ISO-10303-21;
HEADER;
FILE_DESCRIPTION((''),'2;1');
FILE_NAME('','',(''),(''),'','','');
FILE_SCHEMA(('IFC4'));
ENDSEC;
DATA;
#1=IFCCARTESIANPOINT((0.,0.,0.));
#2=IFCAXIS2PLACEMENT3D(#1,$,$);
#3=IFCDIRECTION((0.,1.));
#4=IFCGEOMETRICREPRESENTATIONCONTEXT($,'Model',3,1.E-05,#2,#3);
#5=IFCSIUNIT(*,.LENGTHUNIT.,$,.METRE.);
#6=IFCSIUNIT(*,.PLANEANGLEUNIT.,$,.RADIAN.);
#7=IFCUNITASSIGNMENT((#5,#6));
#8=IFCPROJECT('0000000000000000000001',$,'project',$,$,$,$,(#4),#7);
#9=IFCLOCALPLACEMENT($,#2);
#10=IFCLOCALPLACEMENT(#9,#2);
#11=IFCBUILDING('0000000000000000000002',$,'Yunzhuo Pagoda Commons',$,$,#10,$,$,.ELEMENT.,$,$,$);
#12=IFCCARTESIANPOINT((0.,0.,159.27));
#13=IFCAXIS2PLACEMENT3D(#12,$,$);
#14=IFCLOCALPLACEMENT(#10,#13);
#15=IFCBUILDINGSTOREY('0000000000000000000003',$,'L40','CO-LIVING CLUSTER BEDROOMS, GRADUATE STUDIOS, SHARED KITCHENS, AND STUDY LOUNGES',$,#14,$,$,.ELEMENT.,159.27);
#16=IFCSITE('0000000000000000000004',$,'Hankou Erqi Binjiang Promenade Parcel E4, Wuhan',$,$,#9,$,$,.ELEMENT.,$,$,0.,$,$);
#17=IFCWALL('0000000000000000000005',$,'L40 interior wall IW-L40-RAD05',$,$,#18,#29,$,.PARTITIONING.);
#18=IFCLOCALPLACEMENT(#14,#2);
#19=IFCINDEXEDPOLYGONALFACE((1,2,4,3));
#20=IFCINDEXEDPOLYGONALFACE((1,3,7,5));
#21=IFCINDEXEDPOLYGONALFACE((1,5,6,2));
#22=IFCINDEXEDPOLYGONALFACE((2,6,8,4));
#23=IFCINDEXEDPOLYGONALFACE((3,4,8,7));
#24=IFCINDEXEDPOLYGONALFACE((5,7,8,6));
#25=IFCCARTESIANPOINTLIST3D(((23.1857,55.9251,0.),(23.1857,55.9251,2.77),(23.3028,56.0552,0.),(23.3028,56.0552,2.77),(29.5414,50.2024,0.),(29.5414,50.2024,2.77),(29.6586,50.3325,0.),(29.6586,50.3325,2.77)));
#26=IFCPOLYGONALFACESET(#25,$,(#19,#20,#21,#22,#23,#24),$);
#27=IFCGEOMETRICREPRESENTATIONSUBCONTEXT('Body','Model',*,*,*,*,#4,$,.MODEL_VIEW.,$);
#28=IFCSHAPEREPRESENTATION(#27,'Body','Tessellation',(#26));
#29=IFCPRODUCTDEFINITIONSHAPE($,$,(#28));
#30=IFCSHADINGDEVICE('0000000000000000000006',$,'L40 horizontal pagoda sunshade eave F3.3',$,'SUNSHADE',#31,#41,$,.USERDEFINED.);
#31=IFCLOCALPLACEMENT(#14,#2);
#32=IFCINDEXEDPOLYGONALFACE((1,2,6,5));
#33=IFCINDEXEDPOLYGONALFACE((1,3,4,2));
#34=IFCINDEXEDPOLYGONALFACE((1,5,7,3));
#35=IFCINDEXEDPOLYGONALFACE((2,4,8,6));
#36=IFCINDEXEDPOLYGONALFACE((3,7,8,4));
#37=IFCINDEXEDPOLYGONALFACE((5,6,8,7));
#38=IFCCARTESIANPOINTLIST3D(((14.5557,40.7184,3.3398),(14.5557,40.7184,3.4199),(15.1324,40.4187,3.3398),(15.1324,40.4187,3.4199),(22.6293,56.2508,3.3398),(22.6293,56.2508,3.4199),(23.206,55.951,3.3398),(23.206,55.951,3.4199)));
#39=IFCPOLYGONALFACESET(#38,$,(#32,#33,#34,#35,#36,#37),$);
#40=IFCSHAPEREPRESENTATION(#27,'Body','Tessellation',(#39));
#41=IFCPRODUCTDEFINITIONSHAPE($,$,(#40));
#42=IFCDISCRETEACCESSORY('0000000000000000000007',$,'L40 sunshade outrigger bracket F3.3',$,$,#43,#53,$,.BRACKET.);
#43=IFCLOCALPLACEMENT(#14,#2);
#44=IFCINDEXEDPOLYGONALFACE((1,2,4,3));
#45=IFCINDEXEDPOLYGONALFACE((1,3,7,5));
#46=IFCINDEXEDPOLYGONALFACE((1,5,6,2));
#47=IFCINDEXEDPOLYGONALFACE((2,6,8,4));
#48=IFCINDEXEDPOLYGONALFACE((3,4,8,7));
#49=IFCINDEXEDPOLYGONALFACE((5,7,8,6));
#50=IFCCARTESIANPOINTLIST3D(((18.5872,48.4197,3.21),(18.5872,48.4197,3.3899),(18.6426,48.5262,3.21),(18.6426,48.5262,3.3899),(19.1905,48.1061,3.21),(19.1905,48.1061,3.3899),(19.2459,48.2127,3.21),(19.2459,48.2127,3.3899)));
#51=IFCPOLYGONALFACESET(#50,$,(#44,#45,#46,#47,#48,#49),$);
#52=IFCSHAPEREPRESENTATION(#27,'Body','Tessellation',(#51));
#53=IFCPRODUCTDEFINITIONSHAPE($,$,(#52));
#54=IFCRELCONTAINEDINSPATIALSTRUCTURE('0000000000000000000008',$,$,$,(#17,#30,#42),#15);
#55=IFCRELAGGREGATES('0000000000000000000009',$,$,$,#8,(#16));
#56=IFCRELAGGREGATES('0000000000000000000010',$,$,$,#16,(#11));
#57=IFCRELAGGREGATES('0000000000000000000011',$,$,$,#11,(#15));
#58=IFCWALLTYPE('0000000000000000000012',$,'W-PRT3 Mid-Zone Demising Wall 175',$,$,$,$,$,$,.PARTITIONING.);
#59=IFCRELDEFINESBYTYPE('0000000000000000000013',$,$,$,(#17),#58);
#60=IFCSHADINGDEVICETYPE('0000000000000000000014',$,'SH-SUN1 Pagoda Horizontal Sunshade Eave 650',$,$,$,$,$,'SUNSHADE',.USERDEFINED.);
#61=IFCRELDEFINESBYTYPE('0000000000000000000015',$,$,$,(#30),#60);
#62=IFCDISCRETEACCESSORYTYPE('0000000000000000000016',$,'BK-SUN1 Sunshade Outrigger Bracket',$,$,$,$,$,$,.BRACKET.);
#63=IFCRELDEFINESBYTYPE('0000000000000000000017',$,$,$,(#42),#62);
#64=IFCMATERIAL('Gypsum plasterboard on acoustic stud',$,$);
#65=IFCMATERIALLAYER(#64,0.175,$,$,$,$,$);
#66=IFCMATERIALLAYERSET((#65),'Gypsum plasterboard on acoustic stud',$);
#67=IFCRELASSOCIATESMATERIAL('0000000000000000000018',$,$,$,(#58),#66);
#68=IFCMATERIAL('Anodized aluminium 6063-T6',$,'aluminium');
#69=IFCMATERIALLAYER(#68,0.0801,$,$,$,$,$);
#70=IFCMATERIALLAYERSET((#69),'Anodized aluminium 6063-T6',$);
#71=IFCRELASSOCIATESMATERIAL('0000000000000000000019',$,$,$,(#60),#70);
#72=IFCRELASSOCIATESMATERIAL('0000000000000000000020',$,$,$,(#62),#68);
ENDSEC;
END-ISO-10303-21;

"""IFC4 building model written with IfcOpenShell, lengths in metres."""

from ifc_helpers import new_model, si_unit, direction, frame, frame_2d, origin, origin_2d, place, context, subcontext, project, spatial, rectangle, extrude, source, transform, mapped, material, layer, layer_set, type_object, element, save


model = new_model("IFC4")

# Units and contexts
model_context = context("Model", 3, precision=1e-05, world=origin(), true_north=direction((0.0, 1.0)))
body_context = subcontext(model_context, "Body", "Model", "MODEL_VIEW")
ifc_project = project(units=[si_unit("LENGTHUNIT", "METRE"), si_unit("PLANEANGLEUNIT", "RADIAN")], contexts=[model_context])

# Site, building, storey
site_placement = place(None, origin())
site = spatial("IfcSite", under=ifc_project, at=site_placement, Name="Hankou Erqi Binjiang Promenade Parcel E4, Wuhan", CompositionType="ELEMENT", RefElevation=0.0)
building_placement = place(site_placement, origin())
building = spatial("IfcBuilding", under=site, at=building_placement, Name="Yunzhuo Pagoda Commons", CompositionType="ELEMENT")
storey_placement = place(building_placement, frame((0.0, 0.0, 159.27)))
storey = spatial("IfcBuildingStorey", under=building, at=storey_placement, Name="L40", Description="CO-LIVING CLUSTER BEDROOMS, GRADUATE STUDIOS, SHARED KITCHENS, AND STUDY LOUNGES", CompositionType="ELEMENT", Elevation=159.27)

# Shared definitions
ifc_material_1 = material(Name="Anodized aluminium 6063-T6", Category="aluminium")

# Shared definitions
ifc_material_2 = material(Name="Gypsum plasterboard on acoustic stud")

# Wall
ifc_layer_1 = layer(ifc_material_2, 0.175)
ifc_layer_set_1 = layer_set([ifc_layer_1], Name="Gypsum plasterboard on acoustic stud")
wall_type_1 = type_object("IfcWallType", Name="W-PRT3 Mid-Zone Demising Wall 175", PredefinedType="PARTITIONING", material=ifc_layer_set_1)
wall_1_placement = place(storey_placement, frame((29.6001, 50.2673, 0.0), z_axis=(0.0, 0.0, 1.0), x_axis=(-0.743148, 0.669127, 0.0)))
element("IfcWall", 1, at=wall_1_placement, inside=storey, type_object=wall_type_1, Name="L40 interior wall IW-L40-RAD05", PredefinedType="PARTITIONING", context=body_context, shape_type="SweptSolid", body=[
    extrude(rectangle(XDim=8.5525, YDim=0.175, at=frame_2d((4.2764, 0.0))), origin(), (0.0, 0.0, 1.0), 2.77),
])

# Shading device
ifc_layer_2 = layer(ifc_material_1, 0.0801)
ifc_layer_set_2 = layer_set([ifc_layer_2], Name="Anodized aluminium 6063-T6")
shading_device_type = type_object("IfcShadingDeviceType", Name="SH-SUN1 Pagoda Horizontal Sunshade Eave 650", ElementType="SUNSHADE", PredefinedType="USERDEFINED", material=ifc_layer_set_2)
shared_shape_1 = source(origin(), body_context, "Body", "SweptSolid", [
    extrude(rectangle(XDim=17.5054, YDim=0.6499, at=origin_2d()), origin(), (0.0, 0.0, 1.0), 0.0801),
])
shading_device_placement = place(storey_placement, frame((18.8809, 48.3347, 3.3398), z_axis=(0.0, 0.0, 1.0), x_axis=(-0.461207, -0.887293, 0.0)))
element("IfcShadingDevice", 2, at=shading_device_placement, inside=storey, type_object=shading_device_type, Name="L40 horizontal pagoda sunshade eave F3.3", ObjectType="SUNSHADE", PredefinedType="USERDEFINED", context=body_context, shape_type="MappedRepresentation", body=[
    mapped(shared_shape_1, transform((0.0, 0.0, 0.0), scale=1.0)),
])

# Discrete accessory
discrete_accessory_type = type_object("IfcDiscreteAccessoryType", Name="BK-SUN1 Sunshade Outrigger Bracket", PredefinedType="BRACKET", material=ifc_material_1)
shared_shape_2 = source(origin(), body_context, "Body", "SweptSolid", [
    extrude(rectangle(XDim=0.1201, YDim=0.6799, at=origin_2d()), origin(), (0.0, 0.0, 1.0), 0.1799),
])
discrete_accessory_placement = place(storey_placement, frame((18.9165, 48.3162, 3.21), z_axis=(0.0, 0.0, 1.0), x_axis=(-0.461207, -0.887293, 0.0)))
element("IfcDiscreteAccessory", 3, at=discrete_accessory_placement, inside=storey, type_object=discrete_accessory_type, Name="L40 sunshade outrigger bracket F3.3", PredefinedType="BRACKET", context=body_context, shape_type="MappedRepresentation", body=[
    mapped(shared_shape_2, transform((0.0, 0.0, 0.0), scale=1.0)),
])

save(model, "model.ifc")
